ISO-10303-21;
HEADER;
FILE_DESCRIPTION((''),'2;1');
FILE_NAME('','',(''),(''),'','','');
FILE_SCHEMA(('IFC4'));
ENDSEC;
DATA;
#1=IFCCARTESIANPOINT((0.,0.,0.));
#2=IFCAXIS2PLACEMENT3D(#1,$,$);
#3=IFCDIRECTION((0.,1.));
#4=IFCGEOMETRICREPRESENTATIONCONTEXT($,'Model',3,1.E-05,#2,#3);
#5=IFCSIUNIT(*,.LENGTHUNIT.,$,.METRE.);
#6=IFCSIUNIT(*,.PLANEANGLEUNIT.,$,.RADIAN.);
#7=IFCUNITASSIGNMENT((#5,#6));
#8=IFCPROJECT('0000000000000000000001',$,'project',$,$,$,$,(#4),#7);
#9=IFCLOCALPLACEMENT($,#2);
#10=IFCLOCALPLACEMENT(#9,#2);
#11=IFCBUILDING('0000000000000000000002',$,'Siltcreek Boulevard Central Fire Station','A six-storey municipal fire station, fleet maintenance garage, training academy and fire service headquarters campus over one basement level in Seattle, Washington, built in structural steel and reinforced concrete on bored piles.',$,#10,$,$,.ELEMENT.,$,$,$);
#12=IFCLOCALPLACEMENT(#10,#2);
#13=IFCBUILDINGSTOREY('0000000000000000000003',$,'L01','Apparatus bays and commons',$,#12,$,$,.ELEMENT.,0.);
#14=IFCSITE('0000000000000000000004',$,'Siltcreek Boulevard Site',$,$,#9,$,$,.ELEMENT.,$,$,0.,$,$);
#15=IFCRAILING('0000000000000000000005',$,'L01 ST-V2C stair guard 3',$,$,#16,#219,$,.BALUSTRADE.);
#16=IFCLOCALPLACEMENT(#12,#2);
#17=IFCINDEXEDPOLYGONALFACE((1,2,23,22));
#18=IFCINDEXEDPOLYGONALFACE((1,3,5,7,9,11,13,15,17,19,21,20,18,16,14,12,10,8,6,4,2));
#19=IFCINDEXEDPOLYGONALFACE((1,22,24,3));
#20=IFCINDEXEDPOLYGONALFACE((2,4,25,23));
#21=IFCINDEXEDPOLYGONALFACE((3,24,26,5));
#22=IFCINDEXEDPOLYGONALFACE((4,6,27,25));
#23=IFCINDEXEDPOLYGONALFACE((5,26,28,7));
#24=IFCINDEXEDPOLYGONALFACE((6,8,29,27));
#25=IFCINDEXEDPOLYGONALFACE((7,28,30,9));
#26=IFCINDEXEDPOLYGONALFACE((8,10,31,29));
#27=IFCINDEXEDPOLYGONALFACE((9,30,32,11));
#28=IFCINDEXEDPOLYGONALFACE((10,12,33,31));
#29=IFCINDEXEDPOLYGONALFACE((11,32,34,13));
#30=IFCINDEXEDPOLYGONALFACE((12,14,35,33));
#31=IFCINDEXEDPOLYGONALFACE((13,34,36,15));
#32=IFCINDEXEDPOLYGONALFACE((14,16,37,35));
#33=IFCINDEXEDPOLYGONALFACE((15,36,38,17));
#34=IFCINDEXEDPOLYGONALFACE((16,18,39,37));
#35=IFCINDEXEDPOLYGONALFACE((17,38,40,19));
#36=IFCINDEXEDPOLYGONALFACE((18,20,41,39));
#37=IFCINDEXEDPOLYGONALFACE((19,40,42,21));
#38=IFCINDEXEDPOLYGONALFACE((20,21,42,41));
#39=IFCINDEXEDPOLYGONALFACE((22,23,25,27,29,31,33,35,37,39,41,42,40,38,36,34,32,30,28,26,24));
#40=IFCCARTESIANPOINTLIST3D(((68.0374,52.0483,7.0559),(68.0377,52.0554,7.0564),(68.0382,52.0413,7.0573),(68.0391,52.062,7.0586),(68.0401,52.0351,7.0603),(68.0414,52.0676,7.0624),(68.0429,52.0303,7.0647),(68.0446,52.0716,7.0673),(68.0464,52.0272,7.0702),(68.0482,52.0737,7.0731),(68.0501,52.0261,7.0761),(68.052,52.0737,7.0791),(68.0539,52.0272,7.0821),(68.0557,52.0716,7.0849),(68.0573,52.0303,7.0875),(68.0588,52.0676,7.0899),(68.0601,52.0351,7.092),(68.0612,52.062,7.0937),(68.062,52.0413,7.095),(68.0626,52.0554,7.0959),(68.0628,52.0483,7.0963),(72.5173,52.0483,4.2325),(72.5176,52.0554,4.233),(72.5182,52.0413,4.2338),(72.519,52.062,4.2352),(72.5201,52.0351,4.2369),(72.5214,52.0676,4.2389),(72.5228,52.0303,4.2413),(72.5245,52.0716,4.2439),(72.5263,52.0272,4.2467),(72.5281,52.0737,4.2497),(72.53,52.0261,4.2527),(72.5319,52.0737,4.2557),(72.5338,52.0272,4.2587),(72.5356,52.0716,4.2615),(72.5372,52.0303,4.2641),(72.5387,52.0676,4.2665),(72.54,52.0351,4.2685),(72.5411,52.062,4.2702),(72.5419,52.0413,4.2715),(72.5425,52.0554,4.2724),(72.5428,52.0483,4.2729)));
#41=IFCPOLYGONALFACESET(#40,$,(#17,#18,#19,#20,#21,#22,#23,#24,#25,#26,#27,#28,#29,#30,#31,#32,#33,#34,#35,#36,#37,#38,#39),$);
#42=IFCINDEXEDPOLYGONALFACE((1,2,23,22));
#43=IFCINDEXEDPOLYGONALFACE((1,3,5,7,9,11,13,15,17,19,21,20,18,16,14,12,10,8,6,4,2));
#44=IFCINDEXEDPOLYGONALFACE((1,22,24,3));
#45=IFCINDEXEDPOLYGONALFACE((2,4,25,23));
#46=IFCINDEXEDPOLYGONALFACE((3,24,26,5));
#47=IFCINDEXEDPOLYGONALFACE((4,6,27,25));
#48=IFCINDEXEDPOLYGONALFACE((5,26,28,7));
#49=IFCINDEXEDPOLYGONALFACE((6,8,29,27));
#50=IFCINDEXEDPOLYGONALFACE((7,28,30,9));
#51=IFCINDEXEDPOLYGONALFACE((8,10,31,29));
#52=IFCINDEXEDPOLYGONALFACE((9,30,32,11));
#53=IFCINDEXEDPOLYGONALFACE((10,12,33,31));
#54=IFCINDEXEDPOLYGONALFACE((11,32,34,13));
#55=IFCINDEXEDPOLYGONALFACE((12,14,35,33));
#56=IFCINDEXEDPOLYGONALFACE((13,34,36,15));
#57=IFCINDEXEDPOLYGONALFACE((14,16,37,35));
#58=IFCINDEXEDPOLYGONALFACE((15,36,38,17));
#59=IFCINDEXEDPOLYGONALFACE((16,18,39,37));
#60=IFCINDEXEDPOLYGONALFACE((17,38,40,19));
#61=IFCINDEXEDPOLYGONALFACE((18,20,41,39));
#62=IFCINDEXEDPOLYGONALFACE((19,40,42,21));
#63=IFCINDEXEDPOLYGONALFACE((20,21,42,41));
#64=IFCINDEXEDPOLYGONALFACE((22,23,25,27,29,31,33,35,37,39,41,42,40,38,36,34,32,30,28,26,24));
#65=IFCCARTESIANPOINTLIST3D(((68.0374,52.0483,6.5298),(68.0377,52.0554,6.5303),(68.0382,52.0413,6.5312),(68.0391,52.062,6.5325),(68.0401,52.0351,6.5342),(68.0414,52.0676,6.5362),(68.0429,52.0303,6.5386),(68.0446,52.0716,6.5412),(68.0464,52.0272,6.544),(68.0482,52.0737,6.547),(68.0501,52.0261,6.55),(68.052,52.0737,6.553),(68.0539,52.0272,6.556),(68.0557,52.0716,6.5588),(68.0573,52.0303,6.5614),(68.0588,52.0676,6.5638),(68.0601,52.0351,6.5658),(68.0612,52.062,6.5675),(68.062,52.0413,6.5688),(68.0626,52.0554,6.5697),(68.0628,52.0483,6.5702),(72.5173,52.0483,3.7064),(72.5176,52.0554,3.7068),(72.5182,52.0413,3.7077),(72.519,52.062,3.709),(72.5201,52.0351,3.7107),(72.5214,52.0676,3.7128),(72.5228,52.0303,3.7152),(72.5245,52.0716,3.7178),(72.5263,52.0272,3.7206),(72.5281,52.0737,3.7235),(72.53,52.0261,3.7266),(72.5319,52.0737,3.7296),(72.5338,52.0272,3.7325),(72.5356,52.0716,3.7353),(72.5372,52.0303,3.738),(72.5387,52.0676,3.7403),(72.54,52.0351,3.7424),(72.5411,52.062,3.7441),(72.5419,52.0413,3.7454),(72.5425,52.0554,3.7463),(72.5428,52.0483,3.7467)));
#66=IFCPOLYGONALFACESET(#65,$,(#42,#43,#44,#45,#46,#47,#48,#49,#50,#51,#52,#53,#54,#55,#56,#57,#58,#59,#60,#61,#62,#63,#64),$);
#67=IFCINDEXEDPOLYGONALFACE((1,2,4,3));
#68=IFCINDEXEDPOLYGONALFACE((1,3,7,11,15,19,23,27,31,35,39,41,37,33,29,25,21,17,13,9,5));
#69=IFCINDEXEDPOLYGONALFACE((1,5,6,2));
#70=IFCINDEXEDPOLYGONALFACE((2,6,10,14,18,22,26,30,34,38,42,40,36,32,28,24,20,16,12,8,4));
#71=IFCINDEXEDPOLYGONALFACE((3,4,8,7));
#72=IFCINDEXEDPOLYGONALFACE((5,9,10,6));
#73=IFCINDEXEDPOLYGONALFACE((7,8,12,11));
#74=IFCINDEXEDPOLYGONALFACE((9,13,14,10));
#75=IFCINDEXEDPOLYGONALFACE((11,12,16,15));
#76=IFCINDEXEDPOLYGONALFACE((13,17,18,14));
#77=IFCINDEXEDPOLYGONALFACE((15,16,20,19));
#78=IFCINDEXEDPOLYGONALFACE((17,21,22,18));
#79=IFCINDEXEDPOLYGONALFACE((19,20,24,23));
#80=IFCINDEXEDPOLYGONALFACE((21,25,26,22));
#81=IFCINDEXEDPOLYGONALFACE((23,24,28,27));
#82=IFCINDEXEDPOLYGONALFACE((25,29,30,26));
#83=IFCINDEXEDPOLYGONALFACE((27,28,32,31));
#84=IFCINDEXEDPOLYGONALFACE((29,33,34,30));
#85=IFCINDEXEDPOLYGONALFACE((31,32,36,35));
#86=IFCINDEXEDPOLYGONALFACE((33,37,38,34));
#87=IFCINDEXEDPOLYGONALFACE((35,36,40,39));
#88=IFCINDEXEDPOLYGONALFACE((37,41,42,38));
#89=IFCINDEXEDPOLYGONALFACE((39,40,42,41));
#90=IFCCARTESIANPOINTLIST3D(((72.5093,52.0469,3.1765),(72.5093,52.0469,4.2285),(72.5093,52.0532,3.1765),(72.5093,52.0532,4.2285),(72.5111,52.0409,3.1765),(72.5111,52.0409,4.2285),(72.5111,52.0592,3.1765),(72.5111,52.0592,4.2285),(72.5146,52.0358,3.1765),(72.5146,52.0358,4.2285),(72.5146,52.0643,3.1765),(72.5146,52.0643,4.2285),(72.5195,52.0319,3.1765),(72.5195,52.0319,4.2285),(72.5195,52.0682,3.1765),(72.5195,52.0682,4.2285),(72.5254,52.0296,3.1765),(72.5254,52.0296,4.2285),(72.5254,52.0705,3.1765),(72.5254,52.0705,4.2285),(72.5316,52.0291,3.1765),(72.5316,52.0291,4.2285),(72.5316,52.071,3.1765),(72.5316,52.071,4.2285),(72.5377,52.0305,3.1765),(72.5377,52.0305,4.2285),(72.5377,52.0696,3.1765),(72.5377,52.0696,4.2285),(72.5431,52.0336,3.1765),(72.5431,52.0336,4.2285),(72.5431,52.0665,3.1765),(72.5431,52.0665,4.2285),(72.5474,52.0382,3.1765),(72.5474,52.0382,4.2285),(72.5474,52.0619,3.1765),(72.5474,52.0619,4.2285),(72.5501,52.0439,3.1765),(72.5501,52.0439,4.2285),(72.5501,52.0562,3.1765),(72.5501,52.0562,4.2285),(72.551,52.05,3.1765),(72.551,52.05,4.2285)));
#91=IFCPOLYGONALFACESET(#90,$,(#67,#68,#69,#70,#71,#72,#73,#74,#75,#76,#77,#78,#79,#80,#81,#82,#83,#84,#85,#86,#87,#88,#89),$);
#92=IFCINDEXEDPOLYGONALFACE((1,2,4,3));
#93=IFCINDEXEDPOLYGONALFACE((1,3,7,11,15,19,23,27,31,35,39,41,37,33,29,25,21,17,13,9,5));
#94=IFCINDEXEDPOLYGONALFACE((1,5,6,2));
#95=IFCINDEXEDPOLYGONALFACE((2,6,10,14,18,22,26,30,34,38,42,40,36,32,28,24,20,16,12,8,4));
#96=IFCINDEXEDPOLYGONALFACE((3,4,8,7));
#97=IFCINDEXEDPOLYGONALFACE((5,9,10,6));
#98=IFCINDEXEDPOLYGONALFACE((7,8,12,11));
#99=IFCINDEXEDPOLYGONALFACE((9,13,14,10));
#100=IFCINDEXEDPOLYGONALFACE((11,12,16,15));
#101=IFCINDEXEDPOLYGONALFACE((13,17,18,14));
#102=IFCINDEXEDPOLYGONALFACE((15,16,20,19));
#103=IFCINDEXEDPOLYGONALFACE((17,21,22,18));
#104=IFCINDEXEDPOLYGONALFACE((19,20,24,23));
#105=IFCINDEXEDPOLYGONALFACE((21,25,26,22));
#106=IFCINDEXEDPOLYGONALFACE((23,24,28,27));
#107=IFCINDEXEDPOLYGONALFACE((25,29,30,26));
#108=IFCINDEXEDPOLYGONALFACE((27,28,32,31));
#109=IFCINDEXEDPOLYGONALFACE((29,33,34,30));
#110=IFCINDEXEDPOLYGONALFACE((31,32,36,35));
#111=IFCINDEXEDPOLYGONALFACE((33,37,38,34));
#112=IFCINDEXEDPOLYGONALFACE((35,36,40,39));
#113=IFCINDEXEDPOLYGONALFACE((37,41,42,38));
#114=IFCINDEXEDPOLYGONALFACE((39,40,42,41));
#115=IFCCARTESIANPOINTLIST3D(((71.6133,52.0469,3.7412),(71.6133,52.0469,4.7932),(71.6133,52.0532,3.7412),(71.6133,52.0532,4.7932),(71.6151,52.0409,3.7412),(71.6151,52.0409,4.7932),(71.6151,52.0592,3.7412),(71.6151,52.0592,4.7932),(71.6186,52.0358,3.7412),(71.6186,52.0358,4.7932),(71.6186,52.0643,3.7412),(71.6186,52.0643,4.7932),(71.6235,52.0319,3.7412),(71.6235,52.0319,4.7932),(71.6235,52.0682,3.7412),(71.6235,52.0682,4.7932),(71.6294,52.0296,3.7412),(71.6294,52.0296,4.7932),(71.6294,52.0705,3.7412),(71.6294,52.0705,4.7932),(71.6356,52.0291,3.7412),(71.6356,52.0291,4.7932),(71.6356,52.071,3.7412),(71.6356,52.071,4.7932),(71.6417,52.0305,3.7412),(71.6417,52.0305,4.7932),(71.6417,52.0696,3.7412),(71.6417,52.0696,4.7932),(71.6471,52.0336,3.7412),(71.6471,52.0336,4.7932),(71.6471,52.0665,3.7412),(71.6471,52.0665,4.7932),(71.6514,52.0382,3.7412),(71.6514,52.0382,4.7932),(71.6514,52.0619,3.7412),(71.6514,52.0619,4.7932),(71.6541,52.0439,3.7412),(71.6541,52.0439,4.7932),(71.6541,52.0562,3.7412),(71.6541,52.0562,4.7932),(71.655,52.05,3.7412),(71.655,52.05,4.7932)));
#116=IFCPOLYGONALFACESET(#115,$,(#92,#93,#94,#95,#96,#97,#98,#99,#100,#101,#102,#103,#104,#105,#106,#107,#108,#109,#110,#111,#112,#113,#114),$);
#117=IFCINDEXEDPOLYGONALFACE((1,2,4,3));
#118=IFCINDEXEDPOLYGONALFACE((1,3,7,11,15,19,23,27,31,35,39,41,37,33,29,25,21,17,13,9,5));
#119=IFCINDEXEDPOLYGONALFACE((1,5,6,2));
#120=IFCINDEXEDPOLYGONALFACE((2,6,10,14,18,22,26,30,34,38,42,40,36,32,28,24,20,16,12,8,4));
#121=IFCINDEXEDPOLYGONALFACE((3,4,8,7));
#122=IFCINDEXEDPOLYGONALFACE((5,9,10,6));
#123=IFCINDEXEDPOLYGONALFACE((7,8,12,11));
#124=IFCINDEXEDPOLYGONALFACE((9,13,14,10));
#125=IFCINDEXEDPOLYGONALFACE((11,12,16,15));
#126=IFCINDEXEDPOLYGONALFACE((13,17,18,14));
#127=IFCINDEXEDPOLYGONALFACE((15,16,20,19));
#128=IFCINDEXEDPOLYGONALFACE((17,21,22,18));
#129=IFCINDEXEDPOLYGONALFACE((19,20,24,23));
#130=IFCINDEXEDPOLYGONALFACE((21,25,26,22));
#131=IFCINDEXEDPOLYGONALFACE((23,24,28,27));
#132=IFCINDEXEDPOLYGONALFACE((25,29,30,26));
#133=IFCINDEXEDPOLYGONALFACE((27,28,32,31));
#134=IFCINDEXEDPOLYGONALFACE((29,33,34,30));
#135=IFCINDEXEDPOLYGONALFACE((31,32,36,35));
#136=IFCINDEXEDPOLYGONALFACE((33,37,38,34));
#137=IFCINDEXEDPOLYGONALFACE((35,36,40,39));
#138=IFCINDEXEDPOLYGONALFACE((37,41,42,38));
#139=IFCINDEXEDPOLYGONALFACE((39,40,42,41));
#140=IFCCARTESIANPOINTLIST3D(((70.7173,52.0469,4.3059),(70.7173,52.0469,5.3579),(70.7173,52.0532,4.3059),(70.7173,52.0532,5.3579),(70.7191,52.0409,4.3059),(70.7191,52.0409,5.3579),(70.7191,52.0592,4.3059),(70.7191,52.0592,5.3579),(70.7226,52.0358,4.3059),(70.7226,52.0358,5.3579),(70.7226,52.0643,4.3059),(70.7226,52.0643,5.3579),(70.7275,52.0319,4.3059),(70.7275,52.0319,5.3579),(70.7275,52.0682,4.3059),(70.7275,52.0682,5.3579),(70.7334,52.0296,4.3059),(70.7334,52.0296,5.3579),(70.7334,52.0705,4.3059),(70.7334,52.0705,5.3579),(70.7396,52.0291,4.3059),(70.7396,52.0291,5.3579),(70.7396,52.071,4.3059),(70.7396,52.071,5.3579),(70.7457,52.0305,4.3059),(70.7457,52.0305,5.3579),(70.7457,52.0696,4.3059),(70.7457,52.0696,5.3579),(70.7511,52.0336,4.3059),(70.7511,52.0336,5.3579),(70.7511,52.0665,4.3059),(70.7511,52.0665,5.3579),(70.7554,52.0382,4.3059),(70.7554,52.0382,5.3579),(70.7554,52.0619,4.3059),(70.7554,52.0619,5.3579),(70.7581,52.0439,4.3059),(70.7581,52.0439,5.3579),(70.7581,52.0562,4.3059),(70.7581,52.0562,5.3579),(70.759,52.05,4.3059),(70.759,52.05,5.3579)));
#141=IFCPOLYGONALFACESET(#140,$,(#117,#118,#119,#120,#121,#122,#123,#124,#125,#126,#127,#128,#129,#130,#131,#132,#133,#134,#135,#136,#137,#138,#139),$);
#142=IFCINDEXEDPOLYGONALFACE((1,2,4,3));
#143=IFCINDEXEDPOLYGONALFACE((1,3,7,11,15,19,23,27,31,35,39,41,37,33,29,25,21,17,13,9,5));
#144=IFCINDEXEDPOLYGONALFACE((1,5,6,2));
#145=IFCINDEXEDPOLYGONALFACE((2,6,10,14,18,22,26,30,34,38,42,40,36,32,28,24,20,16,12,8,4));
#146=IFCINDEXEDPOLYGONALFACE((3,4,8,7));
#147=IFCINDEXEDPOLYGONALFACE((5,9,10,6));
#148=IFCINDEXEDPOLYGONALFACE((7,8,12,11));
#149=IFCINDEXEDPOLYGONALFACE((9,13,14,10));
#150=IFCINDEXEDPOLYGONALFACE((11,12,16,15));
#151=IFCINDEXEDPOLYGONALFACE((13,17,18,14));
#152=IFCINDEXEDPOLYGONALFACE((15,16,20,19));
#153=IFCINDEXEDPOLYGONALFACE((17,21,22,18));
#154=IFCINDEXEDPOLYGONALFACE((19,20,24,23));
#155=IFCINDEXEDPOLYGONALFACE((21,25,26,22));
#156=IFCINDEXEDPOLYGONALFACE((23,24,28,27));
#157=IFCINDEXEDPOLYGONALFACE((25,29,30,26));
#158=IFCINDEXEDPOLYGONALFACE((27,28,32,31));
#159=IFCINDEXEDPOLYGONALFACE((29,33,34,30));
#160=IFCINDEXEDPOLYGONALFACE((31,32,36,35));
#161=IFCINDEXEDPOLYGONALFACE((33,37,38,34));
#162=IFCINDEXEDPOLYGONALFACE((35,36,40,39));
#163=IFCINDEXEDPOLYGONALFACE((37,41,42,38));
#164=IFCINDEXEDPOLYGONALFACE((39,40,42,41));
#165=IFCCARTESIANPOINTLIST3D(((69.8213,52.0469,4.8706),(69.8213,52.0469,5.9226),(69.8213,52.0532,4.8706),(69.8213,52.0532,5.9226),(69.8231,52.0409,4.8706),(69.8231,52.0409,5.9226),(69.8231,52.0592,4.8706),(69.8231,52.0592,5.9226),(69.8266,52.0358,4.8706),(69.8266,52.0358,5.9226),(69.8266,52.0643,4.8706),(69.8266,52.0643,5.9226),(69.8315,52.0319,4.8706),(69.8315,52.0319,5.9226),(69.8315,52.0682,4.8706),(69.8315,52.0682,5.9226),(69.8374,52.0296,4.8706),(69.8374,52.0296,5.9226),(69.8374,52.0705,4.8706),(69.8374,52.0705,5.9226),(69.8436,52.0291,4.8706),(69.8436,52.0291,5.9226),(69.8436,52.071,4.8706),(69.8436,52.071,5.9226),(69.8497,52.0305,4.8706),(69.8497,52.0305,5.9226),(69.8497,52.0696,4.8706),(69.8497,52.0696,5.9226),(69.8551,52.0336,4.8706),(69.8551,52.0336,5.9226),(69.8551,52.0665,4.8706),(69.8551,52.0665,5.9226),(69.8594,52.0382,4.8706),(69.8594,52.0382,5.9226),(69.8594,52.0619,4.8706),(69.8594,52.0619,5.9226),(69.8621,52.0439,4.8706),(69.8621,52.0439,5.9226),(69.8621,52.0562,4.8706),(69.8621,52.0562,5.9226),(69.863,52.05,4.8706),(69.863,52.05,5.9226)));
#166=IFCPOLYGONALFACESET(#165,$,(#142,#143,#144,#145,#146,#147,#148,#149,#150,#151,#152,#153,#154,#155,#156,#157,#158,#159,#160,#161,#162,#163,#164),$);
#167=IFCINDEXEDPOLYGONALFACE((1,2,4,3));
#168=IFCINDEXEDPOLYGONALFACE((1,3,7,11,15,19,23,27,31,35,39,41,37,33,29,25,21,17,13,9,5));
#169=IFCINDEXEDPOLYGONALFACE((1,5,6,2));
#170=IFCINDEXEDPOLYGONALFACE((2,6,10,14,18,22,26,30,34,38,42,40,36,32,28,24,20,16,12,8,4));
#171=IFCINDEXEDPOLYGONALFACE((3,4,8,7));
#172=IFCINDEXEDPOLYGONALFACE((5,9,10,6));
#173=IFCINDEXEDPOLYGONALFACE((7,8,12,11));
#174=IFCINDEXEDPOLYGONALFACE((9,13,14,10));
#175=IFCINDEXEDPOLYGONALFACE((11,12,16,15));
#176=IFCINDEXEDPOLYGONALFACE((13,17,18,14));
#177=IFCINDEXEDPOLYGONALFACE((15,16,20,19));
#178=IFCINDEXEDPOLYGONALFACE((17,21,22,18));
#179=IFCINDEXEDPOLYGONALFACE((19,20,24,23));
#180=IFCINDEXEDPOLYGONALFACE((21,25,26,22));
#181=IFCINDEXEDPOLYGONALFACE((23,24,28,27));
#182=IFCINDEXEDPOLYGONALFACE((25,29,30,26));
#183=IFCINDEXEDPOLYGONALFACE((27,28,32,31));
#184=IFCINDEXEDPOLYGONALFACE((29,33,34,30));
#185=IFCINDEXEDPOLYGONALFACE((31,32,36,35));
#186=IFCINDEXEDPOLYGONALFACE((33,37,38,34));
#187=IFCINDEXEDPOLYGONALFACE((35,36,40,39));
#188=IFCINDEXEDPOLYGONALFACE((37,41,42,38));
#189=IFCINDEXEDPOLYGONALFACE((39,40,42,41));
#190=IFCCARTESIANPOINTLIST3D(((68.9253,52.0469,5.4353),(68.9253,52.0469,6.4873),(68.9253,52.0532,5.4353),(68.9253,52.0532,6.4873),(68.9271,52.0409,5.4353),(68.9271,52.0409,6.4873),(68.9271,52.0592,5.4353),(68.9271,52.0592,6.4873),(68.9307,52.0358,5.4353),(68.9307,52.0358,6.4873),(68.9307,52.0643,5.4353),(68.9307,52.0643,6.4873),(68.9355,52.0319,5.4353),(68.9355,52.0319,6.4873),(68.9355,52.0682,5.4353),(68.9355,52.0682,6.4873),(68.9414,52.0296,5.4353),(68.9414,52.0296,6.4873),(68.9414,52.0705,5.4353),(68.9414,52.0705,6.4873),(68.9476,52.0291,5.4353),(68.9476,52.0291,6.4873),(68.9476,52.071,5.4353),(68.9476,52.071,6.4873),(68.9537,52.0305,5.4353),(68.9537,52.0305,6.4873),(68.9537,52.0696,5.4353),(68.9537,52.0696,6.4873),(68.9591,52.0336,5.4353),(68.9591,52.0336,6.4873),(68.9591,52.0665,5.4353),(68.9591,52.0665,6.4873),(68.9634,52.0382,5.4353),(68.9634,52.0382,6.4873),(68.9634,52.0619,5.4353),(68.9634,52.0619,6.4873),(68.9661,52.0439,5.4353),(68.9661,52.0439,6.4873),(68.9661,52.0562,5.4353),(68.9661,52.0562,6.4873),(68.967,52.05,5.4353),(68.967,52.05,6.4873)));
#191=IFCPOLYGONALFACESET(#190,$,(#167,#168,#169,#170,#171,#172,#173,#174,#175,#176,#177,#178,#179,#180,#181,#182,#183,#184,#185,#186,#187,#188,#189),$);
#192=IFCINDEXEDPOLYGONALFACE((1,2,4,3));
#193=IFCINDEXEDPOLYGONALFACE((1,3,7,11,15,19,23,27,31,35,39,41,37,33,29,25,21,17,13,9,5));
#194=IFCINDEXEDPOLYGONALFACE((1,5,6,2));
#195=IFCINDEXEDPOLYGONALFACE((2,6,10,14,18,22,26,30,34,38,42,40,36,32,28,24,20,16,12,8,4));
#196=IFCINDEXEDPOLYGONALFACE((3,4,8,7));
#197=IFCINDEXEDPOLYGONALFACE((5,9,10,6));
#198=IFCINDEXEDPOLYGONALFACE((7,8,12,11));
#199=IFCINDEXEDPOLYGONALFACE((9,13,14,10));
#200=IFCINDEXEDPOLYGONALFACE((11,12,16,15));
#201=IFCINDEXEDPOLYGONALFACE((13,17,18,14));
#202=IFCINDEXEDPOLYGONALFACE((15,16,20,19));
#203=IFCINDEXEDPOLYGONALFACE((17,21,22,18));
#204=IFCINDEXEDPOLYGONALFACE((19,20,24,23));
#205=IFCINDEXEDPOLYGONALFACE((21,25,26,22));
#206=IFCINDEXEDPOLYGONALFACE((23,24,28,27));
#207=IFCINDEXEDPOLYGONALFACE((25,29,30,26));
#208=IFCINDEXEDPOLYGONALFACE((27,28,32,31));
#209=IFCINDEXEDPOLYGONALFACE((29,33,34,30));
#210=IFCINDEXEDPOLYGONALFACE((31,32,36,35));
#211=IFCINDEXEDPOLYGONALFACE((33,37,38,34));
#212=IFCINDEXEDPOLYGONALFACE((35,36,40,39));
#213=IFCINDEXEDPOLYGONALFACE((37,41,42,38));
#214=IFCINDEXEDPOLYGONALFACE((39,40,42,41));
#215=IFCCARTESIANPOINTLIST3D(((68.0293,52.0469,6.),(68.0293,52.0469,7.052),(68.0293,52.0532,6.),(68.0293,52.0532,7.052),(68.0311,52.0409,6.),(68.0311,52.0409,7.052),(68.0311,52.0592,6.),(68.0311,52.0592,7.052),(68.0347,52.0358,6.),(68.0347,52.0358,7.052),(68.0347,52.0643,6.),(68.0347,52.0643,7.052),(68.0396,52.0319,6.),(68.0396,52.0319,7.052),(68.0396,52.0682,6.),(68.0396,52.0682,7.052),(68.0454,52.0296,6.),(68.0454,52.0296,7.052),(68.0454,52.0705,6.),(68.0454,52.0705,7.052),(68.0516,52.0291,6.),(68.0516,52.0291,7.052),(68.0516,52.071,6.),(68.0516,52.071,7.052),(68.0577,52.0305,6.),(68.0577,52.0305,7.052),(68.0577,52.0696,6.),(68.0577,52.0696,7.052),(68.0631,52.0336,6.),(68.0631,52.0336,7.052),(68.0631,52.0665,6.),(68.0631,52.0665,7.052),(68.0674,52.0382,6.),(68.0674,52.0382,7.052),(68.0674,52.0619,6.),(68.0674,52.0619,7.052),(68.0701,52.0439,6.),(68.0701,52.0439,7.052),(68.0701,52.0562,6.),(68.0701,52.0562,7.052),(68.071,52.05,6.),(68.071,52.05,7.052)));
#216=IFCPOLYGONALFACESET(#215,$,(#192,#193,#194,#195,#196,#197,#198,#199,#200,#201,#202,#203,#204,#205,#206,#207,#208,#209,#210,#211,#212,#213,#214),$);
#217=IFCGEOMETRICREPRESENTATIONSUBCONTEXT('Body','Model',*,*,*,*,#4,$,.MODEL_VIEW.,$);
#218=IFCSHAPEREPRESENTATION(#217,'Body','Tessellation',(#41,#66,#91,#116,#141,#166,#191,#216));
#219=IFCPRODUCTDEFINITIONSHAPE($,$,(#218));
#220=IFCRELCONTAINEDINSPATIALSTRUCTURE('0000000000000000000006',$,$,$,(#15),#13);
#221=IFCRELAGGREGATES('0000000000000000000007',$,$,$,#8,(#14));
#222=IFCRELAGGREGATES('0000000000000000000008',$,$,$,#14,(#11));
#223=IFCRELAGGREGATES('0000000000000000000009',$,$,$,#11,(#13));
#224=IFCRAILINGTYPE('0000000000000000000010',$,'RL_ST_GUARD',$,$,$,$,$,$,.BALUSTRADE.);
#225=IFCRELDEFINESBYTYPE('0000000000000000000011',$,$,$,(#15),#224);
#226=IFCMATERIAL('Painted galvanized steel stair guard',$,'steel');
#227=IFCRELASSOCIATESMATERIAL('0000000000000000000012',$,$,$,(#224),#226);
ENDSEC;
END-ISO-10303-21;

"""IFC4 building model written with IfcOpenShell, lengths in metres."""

from ifc_helpers import new_model, si_unit, direction, frame, origin, origin_2d, place, context, subcontext, project, spatial, circle, extrude, material, type_object, element, save


model = new_model("IFC4")

# Units and contexts
model_context = context("Model", 3, precision=1e-05, world=origin(), true_north=direction((0.0, 1.0)))
body_context = subcontext(model_context, "Body", "Model", "MODEL_VIEW")
ifc_project = project(units=[si_unit("LENGTHUNIT", "METRE"), si_unit("PLANEANGLEUNIT", "RADIAN")], contexts=[model_context])

# Site, building, storey
site_placement = place(None, origin())
site = spatial("IfcSite", under=ifc_project, at=site_placement, Name="Siltcreek Boulevard Site", CompositionType="ELEMENT", RefElevation=0.0)
building_placement = place(site_placement, origin())
building = spatial("IfcBuilding", under=site, at=building_placement, Name="Siltcreek Boulevard Central Fire Station", Description="A six-storey municipal fire station, fleet maintenance garage, training academy and fire service headquarters campus over one basement level in Seattle, Washington, built in structural steel and reinforced concrete on bored piles.", CompositionType="ELEMENT")
storey_placement = place(building_placement, origin())
storey = spatial("IfcBuildingStorey", under=building, at=storey_placement, Name="L01", Description="Apparatus bays and commons", CompositionType="ELEMENT", Elevation=0.0)

# Railing
ifc_material_1 = material(Name="Painted galvanized steel stair guard", Category="steel")
railing_type_1 = type_object("IfcRailingType", Name="RL_ST_GUARD", PredefinedType="BALUSTRADE", material=ifc_material_1)
railing_1_placement = place(storey_placement, frame((72.53, 52.05, 3.1765)))
element("IfcRailing", 1, at=railing_1_placement, inside=storey, type_object=railing_type_1, Name="L01 ST-V2C stair guard 3", PredefinedType="BALUSTRADE", context=body_context, shape_type="SweptSolid", body=[
    extrude(circle(Radius=0.0239, at=origin_2d()), frame((0.0, 0.0, 1.0762), z_axis=(-0.845998, 0.0, 0.533186), x_axis=(0.0, -1.0, 0.0)), (0.0, 0.0, 1.0), 5.2954),
    extrude(circle(Radius=0.0239, at=origin_2d()), frame((0.0, 0.0, 0.55), z_axis=(-0.845998, 0.0, 0.533186), x_axis=(0.0, -1.0, 0.0)), (0.0, 0.0, 1.0), 5.2954),
    extrude(circle(Radius=0.021, at=origin_2d()), origin(), (0.0, 0.0, 1.0), 1.052),
    extrude(circle(Radius=0.021, at=origin_2d()), frame((-0.896, 0.0, 0.5647)), (0.0, 0.0, 1.0), 1.052),
    extrude(circle(Radius=0.021, at=origin_2d()), frame((-1.792, 0.0, 1.1294)), (0.0, 0.0, 1.0), 1.052),
    extrude(circle(Radius=0.021, at=origin_2d()), frame((-2.688, 0.0, 1.6941)), (0.0, 0.0, 1.0), 1.052),
    extrude(circle(Radius=0.021, at=origin_2d()), frame((-3.584, 0.0, 2.2588)), (0.0, 0.0, 1.0), 1.052),
    extrude(circle(Radius=0.021, at=origin_2d()), frame((-4.48, 0.0, 2.8235)), (0.0, 0.0, 1.0), 1.052),
])

save(model, "model.ifc")
